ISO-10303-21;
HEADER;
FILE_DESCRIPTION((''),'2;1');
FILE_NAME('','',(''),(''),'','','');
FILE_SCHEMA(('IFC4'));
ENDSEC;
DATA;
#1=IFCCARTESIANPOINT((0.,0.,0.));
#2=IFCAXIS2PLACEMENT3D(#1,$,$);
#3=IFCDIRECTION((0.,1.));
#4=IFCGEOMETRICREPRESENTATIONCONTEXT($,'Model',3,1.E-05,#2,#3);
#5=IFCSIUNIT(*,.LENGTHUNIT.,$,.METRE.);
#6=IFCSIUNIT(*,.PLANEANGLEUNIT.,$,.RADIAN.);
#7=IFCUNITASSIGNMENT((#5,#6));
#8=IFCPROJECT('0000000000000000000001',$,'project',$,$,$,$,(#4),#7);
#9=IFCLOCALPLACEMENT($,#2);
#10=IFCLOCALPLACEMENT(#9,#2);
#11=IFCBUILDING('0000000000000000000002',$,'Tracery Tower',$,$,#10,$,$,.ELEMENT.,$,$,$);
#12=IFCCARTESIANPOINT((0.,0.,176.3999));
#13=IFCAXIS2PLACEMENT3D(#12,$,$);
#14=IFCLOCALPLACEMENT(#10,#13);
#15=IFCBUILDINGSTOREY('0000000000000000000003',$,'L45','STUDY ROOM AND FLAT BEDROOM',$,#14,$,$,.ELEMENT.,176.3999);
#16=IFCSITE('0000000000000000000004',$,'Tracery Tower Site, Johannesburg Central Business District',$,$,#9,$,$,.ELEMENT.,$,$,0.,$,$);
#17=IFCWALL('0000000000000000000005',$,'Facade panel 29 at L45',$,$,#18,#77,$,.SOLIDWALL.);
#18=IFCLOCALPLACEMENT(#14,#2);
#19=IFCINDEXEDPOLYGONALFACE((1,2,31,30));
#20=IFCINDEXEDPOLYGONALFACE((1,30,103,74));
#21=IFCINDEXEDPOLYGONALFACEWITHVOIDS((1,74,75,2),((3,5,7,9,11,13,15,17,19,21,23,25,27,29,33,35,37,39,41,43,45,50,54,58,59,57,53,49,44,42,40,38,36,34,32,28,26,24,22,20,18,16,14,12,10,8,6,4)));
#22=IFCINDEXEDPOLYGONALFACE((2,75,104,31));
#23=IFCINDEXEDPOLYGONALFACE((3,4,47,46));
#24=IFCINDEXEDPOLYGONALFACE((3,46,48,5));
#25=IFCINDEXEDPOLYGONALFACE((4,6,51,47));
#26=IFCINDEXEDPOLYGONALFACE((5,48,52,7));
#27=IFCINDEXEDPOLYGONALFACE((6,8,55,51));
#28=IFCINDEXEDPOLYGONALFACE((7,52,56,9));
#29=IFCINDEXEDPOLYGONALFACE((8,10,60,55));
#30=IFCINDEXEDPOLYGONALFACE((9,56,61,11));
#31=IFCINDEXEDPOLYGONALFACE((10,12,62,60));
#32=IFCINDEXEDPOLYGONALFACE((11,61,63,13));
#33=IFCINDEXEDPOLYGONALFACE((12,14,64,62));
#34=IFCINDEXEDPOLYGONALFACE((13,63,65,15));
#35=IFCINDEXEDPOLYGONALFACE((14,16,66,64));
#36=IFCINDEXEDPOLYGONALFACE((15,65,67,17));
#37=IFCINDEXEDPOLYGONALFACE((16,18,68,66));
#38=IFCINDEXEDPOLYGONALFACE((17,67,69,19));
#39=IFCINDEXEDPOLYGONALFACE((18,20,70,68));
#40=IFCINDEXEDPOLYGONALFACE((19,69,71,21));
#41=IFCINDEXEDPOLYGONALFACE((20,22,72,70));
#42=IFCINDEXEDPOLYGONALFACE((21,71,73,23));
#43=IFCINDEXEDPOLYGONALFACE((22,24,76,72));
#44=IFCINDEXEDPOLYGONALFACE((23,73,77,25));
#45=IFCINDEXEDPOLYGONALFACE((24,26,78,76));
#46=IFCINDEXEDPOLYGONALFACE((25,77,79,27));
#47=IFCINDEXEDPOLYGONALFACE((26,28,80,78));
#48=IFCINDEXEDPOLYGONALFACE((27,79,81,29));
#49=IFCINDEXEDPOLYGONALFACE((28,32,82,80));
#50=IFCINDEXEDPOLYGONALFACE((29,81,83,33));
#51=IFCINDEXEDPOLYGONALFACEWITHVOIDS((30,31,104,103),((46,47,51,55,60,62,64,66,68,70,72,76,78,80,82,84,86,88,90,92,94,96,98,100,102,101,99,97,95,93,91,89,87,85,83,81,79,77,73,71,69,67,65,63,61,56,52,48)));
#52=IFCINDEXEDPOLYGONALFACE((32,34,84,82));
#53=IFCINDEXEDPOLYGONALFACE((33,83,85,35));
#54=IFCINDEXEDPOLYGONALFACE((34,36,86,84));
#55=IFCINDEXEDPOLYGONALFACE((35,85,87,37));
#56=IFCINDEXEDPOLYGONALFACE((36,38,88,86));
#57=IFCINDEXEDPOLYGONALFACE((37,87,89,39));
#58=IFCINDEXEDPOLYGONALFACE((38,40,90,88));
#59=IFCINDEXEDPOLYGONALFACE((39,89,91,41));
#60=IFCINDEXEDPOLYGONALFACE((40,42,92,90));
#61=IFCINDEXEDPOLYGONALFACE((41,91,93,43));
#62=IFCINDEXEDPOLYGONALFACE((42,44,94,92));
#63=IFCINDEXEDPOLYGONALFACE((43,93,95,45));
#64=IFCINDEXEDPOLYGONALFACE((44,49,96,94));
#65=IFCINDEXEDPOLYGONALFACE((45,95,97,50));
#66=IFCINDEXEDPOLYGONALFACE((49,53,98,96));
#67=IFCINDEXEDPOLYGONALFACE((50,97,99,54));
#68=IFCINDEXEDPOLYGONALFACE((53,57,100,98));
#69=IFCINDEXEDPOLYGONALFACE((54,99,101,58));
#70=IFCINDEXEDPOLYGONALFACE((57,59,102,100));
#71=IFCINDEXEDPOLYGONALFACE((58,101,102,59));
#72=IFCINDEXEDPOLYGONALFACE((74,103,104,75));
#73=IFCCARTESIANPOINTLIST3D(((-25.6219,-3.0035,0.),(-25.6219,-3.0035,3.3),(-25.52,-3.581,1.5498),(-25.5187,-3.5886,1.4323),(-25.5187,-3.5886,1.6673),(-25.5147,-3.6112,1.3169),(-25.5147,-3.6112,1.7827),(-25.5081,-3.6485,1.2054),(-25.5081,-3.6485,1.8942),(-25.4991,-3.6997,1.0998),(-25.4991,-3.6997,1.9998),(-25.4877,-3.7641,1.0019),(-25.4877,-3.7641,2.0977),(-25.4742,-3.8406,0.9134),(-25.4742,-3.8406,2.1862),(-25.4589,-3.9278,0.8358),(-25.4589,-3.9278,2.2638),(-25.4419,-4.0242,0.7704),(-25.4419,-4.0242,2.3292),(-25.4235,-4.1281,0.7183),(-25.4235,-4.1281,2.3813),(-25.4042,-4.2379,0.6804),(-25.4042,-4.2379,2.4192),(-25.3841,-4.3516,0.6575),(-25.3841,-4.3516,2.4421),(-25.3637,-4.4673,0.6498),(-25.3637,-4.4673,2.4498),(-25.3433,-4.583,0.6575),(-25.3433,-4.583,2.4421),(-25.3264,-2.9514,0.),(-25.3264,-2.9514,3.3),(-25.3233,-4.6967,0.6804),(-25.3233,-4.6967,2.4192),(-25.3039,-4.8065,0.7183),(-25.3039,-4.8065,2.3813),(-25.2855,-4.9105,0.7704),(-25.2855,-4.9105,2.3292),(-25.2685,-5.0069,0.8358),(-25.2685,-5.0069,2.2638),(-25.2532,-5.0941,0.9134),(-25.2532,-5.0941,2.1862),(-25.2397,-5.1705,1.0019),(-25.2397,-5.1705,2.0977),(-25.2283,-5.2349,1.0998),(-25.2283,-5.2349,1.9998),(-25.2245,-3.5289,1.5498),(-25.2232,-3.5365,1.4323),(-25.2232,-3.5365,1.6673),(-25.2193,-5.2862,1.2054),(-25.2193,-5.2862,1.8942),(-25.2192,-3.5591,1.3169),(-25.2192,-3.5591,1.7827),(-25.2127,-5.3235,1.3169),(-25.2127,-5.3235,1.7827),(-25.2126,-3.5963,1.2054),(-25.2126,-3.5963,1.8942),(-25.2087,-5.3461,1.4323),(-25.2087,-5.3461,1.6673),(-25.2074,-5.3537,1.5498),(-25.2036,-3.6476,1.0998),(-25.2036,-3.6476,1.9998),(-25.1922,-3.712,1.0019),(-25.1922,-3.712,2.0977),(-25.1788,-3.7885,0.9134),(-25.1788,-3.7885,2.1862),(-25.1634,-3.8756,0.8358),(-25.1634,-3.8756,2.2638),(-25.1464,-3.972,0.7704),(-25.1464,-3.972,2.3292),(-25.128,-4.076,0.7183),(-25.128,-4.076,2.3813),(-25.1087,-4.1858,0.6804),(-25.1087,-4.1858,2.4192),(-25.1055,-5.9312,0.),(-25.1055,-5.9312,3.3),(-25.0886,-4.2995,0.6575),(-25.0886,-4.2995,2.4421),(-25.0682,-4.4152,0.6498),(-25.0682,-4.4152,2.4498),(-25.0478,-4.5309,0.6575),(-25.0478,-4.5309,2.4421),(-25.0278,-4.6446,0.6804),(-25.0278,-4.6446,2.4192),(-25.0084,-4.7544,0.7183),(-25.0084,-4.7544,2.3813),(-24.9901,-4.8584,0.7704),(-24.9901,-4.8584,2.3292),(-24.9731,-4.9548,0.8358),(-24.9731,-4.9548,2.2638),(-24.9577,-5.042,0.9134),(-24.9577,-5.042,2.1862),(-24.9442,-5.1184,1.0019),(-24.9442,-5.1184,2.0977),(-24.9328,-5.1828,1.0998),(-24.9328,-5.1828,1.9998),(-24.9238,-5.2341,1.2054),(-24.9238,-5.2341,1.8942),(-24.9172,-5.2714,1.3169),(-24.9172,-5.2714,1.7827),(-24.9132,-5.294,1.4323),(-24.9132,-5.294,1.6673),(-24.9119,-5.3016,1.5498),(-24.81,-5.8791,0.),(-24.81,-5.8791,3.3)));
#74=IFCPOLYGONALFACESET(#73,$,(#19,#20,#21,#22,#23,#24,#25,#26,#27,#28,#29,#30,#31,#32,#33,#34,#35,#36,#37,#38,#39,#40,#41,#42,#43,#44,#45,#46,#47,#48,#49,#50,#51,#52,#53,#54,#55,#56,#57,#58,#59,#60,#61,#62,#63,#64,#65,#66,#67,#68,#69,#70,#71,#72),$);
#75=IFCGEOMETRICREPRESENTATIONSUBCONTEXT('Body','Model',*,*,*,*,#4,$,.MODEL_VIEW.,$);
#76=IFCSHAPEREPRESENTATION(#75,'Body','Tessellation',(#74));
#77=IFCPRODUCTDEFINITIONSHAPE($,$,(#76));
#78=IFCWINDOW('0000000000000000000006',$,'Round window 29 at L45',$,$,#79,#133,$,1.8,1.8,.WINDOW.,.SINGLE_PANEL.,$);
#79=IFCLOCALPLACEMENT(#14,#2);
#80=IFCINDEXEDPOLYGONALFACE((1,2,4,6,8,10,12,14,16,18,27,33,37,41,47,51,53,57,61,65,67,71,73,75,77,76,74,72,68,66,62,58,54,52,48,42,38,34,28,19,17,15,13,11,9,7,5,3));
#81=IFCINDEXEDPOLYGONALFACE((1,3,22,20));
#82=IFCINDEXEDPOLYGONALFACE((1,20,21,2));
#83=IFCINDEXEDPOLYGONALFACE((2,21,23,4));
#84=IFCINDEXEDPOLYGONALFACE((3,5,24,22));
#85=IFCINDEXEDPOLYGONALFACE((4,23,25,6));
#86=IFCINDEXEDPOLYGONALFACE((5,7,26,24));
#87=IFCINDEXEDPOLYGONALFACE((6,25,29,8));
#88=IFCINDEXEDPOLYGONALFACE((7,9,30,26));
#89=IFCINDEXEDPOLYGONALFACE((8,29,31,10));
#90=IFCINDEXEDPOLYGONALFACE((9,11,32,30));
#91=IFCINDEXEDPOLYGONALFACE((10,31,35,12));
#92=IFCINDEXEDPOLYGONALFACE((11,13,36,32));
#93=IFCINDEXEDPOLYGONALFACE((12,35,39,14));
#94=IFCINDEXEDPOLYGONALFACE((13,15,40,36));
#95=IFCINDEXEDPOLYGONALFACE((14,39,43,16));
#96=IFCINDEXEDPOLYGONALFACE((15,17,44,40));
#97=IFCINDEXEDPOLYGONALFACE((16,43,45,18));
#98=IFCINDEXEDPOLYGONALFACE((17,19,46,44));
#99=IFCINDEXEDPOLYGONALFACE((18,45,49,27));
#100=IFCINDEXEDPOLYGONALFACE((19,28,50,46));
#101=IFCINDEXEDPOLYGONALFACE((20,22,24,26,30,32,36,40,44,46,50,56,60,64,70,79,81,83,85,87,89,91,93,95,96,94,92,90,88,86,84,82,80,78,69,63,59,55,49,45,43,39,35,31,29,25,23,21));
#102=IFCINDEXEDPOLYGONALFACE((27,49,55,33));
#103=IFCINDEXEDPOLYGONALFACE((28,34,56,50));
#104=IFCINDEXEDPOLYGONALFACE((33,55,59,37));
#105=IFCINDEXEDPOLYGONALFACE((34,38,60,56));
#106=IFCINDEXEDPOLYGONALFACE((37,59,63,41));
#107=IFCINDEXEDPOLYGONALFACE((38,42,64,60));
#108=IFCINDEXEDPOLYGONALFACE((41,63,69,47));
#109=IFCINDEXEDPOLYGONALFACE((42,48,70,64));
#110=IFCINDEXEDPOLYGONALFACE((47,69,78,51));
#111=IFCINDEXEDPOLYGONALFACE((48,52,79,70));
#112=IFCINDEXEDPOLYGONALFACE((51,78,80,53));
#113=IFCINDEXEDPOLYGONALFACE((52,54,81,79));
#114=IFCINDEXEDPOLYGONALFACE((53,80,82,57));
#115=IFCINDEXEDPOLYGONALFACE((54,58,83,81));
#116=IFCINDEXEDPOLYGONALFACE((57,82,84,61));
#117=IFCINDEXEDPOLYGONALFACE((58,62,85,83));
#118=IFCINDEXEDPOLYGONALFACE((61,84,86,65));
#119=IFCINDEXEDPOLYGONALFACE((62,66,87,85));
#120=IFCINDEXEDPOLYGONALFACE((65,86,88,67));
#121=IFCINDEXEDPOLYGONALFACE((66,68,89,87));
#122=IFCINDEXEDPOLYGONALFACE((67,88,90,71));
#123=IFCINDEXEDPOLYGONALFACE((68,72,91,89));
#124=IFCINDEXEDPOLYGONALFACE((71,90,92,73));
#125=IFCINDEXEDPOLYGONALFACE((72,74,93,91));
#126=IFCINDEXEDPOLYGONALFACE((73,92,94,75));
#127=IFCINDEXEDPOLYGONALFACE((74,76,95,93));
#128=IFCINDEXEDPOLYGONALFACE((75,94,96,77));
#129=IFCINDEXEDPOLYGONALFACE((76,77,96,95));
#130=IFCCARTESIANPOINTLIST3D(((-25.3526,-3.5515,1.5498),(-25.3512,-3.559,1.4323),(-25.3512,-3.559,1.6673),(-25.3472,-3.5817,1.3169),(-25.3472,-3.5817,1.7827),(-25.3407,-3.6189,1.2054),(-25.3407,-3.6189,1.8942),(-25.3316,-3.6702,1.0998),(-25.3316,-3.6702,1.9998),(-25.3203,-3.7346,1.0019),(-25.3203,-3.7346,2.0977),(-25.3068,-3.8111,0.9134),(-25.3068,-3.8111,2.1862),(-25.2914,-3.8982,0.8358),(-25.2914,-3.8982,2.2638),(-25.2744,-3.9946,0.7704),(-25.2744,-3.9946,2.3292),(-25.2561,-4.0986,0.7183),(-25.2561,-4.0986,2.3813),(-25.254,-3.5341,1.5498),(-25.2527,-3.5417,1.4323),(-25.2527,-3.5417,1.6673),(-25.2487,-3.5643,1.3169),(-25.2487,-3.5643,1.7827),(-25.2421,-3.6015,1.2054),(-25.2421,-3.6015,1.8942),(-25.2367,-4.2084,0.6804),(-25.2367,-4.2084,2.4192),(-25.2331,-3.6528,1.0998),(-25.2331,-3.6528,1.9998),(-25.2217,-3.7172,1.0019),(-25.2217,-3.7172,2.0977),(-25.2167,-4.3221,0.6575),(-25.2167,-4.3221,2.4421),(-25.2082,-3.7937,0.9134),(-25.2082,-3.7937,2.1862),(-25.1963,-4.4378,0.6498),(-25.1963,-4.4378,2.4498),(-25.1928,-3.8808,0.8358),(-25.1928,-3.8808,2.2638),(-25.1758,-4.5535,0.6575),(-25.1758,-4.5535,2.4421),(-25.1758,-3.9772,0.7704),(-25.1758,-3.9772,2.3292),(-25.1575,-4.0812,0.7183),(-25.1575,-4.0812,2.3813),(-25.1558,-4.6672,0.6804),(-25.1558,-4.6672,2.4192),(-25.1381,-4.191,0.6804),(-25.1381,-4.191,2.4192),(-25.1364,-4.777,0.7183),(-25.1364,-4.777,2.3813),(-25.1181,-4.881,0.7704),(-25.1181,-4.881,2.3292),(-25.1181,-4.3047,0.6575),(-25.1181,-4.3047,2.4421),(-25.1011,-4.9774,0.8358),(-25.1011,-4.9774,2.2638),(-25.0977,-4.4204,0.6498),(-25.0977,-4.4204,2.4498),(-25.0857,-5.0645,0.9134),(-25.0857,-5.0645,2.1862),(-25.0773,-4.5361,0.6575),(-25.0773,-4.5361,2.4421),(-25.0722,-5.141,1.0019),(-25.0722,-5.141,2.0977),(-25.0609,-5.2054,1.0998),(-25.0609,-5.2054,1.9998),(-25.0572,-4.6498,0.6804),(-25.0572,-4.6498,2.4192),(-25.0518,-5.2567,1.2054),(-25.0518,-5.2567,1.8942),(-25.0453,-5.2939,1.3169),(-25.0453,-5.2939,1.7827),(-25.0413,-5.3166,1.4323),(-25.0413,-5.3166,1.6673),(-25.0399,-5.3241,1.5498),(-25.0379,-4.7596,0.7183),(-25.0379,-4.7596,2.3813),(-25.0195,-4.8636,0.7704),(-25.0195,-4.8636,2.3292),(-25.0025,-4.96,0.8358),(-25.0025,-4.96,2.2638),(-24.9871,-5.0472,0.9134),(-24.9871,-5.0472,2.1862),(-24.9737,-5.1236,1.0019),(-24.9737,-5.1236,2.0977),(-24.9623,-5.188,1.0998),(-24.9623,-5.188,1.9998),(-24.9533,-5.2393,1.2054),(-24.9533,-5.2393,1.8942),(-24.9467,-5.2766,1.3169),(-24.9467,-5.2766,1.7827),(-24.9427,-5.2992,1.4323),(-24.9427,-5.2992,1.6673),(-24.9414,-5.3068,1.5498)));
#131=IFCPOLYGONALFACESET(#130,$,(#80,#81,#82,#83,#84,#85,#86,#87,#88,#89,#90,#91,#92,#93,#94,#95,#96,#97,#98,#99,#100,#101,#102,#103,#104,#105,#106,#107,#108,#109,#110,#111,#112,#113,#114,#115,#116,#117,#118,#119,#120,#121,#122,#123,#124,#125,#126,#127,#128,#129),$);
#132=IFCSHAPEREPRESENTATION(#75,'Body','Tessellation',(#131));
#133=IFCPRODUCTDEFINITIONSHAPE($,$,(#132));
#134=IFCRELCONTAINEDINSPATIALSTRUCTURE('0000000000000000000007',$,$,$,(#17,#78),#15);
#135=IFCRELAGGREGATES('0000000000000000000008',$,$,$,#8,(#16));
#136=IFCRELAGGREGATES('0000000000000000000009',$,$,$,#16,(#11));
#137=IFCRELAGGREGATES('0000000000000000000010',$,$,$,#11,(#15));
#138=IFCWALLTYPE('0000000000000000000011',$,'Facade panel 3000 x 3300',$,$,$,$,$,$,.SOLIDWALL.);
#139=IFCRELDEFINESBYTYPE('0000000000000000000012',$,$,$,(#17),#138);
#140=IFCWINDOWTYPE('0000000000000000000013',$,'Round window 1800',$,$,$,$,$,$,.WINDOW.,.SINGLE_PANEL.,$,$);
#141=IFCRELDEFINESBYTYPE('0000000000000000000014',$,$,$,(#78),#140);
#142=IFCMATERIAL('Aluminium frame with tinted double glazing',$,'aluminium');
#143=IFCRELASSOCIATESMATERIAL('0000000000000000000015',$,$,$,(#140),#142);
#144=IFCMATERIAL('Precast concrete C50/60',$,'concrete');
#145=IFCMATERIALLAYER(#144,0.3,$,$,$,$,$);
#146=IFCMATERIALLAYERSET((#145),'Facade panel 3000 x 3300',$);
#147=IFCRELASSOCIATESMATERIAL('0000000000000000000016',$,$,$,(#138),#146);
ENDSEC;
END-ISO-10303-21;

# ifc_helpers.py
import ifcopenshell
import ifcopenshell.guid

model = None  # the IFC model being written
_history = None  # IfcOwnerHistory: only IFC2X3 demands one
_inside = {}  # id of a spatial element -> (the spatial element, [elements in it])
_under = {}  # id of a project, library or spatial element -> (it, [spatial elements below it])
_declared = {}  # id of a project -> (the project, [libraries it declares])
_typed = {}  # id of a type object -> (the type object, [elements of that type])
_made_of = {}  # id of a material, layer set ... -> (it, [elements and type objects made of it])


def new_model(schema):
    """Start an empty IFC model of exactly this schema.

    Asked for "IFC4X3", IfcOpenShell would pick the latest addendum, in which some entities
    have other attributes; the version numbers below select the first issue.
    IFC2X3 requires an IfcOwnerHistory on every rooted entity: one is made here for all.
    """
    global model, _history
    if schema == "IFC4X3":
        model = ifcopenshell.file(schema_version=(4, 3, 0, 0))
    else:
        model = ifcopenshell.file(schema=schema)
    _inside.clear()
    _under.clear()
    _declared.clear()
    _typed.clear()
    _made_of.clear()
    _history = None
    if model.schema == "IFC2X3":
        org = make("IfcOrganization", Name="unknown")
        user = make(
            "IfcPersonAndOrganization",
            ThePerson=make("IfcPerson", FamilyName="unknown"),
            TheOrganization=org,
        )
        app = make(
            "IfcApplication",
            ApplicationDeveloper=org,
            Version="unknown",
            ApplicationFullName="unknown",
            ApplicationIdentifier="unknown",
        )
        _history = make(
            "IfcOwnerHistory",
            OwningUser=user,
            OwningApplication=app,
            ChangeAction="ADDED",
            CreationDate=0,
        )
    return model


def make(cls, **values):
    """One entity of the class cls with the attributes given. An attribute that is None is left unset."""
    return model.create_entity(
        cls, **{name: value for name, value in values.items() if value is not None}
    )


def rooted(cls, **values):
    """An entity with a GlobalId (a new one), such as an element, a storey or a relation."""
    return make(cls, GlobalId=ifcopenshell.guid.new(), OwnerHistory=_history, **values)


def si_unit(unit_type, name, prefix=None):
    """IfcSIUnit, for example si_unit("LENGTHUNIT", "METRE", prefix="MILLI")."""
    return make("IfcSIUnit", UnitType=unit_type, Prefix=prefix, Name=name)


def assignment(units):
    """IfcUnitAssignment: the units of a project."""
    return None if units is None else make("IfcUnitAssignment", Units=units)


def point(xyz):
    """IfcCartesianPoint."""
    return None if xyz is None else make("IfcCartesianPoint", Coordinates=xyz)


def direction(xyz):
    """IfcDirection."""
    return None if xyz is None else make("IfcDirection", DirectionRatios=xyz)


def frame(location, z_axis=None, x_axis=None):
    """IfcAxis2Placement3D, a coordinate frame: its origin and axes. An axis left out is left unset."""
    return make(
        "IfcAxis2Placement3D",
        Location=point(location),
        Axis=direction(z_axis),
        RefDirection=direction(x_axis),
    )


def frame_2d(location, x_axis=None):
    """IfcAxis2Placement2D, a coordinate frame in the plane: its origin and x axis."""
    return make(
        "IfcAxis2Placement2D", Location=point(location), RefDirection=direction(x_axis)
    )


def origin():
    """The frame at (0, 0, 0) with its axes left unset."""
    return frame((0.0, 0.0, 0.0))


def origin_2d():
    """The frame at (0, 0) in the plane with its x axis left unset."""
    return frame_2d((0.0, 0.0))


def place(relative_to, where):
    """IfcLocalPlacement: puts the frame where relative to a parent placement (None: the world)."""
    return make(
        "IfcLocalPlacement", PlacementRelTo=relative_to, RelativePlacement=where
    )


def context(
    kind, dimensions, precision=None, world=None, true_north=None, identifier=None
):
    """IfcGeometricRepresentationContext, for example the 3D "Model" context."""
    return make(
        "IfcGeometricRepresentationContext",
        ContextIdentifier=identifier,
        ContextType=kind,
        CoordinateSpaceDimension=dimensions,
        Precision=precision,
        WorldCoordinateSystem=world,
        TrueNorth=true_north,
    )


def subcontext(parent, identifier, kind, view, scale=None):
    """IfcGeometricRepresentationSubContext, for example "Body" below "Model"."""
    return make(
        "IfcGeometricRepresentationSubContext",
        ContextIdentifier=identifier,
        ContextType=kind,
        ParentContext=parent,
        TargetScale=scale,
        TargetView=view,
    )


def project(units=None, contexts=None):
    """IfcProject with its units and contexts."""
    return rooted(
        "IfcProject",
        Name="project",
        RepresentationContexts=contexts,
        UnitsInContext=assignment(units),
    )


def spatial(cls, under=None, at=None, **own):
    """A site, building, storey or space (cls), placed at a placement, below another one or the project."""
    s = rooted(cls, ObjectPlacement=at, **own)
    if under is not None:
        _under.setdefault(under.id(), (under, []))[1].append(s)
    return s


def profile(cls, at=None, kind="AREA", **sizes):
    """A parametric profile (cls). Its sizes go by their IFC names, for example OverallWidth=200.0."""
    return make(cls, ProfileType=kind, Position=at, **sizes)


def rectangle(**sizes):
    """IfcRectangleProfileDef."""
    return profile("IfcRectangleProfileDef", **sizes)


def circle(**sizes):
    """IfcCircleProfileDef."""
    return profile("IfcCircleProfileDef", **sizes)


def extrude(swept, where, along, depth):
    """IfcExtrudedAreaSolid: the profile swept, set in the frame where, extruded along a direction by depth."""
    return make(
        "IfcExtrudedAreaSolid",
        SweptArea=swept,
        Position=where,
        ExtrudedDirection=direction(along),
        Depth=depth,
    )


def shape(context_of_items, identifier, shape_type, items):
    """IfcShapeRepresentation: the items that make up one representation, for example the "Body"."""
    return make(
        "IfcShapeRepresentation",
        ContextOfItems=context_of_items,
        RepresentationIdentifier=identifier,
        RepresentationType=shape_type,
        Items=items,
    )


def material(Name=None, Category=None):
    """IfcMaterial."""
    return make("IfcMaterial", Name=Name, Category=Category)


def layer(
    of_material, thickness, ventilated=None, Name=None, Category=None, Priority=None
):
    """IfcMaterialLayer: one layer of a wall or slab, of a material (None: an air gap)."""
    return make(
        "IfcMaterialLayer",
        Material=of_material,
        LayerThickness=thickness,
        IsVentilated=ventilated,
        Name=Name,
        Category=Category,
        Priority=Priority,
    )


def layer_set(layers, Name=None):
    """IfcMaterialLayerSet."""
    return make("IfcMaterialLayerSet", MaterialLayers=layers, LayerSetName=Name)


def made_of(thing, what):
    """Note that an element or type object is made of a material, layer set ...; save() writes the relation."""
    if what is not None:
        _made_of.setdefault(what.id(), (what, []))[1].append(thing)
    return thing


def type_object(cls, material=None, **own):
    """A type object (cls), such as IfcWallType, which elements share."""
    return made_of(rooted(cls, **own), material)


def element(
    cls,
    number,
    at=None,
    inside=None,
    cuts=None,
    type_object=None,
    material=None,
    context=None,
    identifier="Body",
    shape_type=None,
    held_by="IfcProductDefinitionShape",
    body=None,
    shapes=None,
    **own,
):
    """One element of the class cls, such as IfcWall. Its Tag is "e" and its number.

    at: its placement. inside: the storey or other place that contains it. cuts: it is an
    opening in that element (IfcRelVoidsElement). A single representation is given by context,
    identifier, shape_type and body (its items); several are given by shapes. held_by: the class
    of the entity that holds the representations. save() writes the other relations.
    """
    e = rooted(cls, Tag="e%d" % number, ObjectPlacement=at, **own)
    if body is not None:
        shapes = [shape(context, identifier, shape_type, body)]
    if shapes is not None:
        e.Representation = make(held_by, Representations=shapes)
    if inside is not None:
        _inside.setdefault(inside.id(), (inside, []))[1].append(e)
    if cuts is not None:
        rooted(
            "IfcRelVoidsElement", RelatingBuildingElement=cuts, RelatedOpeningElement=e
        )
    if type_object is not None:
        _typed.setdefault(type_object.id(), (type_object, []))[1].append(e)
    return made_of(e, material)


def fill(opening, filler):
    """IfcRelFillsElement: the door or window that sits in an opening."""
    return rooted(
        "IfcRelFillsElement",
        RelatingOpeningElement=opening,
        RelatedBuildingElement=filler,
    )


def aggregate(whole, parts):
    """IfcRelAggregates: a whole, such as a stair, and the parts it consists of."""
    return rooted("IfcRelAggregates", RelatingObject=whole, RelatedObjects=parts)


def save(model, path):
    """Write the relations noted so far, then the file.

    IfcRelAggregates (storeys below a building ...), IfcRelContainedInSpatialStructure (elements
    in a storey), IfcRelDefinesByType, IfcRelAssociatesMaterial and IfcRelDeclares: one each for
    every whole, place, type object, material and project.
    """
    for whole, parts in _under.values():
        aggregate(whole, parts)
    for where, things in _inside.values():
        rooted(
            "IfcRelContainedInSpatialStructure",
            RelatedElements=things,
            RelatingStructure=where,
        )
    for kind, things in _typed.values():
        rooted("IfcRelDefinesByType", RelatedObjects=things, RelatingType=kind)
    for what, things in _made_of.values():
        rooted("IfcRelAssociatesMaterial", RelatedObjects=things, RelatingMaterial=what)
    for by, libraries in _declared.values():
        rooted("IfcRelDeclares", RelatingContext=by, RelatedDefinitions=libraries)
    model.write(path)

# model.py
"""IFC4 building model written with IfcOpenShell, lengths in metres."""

from ifc_helpers import new_model, si_unit, direction, frame, frame_2d, origin, origin_2d, place, context, subcontext, project, spatial, rectangle, circle, extrude, material, layer, layer_set, type_object, element, fill, save


model = new_model("IFC4")

# Units and contexts
model_context = context("Model", 3, precision=1e-05, world=origin(), true_north=direction((0.0, 1.0)))
body_context = subcontext(model_context, "Body", "Model", "MODEL_VIEW")
ifc_project = project(units=[si_unit("LENGTHUNIT", "METRE"), si_unit("PLANEANGLEUNIT", "RADIAN")], contexts=[model_context])

# Site, building, storey
site_placement = place(None, origin())
site = spatial("IfcSite", under=ifc_project, at=site_placement, Name="Tracery Tower Site, Johannesburg Central Business District", CompositionType="ELEMENT", RefElevation=0.0)
building_placement = place(site_placement, origin())
building = spatial("IfcBuilding", under=site, at=building_placement, Name="Tracery Tower", CompositionType="ELEMENT")
storey_placement = place(building_placement, frame((0.0, 0.0, 176.3999)))
storey = spatial("IfcBuildingStorey", under=building, at=storey_placement, Name="L45", Description="STUDY ROOM AND FLAT BEDROOM", CompositionType="ELEMENT", Elevation=176.3999)

# Wall, opening, window
ifc_material_1 = material(Name="Aluminium frame with tinted double glazing", Category="aluminium")
window_type = type_object("IfcWindowType", Name="Round window 1800", PartitioningType="SINGLE_PANEL", PredefinedType="WINDOW", material=ifc_material_1)
ifc_material_2 = material(Name="Precast concrete C50/60", Category="concrete")
ifc_layer_1 = layer(ifc_material_2, 0.3)
ifc_layer_set_1 = layer_set([ifc_layer_1], Name="Facade panel 3000 x 3300")
wall_type_1 = type_object("IfcWallType", Name="Facade panel 3000 x 3300", PredefinedType="SOLIDWALL", material=ifc_layer_set_1)
wall_1_placement = place(storey_placement, frame((-25.4741, -2.9775, 0.0), z_axis=(0.0, 0.0, 1.0), x_axis=(0.173687, -0.984801, 0.0)))
wall_1 = element("IfcWall", 1, at=wall_1_placement, inside=storey, type_object=wall_type_1, Name="Facade panel 29 at L45", PredefinedType="SOLIDWALL", context=body_context, shape_type="SweptSolid", body=[
    extrude(rectangle(XDim=2.9729, YDim=0.3, at=frame_2d((1.4863, 0.0))), origin(), (0.0, 0.0, 1.0), 3.3),
])
opening_1_placement = place(wall_1_placement, frame((1.4863, 0.0, 1.5498)))
opening_1 = element("IfcOpeningElement", 2, at=opening_1_placement, cuts=wall_1, PredefinedType="OPENING", context=body_context, shape_type="SweptSolid", body=[
    extrude(circle(Radius=0.9, at=origin_2d()), frame((0.0, 0.1599, 0.0), z_axis=(0.0, -1.0, 0.0), x_axis=(1.0, 0.0, 0.0)), (0.0, 0.0, 1.0), 0.3201),
])
window_1_placement = place(opening_1_placement, origin())
window_1 = element("IfcWindow", 3, at=window_1_placement, inside=storey, type_object=window_type, Name="Round window 29 at L45", OverallHeight=1.8, OverallWidth=1.8, PartitioningType="SINGLE_PANEL", PredefinedType="WINDOW", context=body_context, shape_type="SweptSolid", body=[
    extrude(circle(Radius=0.9, at=origin_2d()), frame((0.0, 0.1201, 0.0), z_axis=(0.0, -1.0, 0.0), x_axis=(1.0, 0.0, 0.0)), (0.0, 0.0, 1.0), 0.1001),
])
fill(opening_1, window_1)

save(model, "model.ifc")
